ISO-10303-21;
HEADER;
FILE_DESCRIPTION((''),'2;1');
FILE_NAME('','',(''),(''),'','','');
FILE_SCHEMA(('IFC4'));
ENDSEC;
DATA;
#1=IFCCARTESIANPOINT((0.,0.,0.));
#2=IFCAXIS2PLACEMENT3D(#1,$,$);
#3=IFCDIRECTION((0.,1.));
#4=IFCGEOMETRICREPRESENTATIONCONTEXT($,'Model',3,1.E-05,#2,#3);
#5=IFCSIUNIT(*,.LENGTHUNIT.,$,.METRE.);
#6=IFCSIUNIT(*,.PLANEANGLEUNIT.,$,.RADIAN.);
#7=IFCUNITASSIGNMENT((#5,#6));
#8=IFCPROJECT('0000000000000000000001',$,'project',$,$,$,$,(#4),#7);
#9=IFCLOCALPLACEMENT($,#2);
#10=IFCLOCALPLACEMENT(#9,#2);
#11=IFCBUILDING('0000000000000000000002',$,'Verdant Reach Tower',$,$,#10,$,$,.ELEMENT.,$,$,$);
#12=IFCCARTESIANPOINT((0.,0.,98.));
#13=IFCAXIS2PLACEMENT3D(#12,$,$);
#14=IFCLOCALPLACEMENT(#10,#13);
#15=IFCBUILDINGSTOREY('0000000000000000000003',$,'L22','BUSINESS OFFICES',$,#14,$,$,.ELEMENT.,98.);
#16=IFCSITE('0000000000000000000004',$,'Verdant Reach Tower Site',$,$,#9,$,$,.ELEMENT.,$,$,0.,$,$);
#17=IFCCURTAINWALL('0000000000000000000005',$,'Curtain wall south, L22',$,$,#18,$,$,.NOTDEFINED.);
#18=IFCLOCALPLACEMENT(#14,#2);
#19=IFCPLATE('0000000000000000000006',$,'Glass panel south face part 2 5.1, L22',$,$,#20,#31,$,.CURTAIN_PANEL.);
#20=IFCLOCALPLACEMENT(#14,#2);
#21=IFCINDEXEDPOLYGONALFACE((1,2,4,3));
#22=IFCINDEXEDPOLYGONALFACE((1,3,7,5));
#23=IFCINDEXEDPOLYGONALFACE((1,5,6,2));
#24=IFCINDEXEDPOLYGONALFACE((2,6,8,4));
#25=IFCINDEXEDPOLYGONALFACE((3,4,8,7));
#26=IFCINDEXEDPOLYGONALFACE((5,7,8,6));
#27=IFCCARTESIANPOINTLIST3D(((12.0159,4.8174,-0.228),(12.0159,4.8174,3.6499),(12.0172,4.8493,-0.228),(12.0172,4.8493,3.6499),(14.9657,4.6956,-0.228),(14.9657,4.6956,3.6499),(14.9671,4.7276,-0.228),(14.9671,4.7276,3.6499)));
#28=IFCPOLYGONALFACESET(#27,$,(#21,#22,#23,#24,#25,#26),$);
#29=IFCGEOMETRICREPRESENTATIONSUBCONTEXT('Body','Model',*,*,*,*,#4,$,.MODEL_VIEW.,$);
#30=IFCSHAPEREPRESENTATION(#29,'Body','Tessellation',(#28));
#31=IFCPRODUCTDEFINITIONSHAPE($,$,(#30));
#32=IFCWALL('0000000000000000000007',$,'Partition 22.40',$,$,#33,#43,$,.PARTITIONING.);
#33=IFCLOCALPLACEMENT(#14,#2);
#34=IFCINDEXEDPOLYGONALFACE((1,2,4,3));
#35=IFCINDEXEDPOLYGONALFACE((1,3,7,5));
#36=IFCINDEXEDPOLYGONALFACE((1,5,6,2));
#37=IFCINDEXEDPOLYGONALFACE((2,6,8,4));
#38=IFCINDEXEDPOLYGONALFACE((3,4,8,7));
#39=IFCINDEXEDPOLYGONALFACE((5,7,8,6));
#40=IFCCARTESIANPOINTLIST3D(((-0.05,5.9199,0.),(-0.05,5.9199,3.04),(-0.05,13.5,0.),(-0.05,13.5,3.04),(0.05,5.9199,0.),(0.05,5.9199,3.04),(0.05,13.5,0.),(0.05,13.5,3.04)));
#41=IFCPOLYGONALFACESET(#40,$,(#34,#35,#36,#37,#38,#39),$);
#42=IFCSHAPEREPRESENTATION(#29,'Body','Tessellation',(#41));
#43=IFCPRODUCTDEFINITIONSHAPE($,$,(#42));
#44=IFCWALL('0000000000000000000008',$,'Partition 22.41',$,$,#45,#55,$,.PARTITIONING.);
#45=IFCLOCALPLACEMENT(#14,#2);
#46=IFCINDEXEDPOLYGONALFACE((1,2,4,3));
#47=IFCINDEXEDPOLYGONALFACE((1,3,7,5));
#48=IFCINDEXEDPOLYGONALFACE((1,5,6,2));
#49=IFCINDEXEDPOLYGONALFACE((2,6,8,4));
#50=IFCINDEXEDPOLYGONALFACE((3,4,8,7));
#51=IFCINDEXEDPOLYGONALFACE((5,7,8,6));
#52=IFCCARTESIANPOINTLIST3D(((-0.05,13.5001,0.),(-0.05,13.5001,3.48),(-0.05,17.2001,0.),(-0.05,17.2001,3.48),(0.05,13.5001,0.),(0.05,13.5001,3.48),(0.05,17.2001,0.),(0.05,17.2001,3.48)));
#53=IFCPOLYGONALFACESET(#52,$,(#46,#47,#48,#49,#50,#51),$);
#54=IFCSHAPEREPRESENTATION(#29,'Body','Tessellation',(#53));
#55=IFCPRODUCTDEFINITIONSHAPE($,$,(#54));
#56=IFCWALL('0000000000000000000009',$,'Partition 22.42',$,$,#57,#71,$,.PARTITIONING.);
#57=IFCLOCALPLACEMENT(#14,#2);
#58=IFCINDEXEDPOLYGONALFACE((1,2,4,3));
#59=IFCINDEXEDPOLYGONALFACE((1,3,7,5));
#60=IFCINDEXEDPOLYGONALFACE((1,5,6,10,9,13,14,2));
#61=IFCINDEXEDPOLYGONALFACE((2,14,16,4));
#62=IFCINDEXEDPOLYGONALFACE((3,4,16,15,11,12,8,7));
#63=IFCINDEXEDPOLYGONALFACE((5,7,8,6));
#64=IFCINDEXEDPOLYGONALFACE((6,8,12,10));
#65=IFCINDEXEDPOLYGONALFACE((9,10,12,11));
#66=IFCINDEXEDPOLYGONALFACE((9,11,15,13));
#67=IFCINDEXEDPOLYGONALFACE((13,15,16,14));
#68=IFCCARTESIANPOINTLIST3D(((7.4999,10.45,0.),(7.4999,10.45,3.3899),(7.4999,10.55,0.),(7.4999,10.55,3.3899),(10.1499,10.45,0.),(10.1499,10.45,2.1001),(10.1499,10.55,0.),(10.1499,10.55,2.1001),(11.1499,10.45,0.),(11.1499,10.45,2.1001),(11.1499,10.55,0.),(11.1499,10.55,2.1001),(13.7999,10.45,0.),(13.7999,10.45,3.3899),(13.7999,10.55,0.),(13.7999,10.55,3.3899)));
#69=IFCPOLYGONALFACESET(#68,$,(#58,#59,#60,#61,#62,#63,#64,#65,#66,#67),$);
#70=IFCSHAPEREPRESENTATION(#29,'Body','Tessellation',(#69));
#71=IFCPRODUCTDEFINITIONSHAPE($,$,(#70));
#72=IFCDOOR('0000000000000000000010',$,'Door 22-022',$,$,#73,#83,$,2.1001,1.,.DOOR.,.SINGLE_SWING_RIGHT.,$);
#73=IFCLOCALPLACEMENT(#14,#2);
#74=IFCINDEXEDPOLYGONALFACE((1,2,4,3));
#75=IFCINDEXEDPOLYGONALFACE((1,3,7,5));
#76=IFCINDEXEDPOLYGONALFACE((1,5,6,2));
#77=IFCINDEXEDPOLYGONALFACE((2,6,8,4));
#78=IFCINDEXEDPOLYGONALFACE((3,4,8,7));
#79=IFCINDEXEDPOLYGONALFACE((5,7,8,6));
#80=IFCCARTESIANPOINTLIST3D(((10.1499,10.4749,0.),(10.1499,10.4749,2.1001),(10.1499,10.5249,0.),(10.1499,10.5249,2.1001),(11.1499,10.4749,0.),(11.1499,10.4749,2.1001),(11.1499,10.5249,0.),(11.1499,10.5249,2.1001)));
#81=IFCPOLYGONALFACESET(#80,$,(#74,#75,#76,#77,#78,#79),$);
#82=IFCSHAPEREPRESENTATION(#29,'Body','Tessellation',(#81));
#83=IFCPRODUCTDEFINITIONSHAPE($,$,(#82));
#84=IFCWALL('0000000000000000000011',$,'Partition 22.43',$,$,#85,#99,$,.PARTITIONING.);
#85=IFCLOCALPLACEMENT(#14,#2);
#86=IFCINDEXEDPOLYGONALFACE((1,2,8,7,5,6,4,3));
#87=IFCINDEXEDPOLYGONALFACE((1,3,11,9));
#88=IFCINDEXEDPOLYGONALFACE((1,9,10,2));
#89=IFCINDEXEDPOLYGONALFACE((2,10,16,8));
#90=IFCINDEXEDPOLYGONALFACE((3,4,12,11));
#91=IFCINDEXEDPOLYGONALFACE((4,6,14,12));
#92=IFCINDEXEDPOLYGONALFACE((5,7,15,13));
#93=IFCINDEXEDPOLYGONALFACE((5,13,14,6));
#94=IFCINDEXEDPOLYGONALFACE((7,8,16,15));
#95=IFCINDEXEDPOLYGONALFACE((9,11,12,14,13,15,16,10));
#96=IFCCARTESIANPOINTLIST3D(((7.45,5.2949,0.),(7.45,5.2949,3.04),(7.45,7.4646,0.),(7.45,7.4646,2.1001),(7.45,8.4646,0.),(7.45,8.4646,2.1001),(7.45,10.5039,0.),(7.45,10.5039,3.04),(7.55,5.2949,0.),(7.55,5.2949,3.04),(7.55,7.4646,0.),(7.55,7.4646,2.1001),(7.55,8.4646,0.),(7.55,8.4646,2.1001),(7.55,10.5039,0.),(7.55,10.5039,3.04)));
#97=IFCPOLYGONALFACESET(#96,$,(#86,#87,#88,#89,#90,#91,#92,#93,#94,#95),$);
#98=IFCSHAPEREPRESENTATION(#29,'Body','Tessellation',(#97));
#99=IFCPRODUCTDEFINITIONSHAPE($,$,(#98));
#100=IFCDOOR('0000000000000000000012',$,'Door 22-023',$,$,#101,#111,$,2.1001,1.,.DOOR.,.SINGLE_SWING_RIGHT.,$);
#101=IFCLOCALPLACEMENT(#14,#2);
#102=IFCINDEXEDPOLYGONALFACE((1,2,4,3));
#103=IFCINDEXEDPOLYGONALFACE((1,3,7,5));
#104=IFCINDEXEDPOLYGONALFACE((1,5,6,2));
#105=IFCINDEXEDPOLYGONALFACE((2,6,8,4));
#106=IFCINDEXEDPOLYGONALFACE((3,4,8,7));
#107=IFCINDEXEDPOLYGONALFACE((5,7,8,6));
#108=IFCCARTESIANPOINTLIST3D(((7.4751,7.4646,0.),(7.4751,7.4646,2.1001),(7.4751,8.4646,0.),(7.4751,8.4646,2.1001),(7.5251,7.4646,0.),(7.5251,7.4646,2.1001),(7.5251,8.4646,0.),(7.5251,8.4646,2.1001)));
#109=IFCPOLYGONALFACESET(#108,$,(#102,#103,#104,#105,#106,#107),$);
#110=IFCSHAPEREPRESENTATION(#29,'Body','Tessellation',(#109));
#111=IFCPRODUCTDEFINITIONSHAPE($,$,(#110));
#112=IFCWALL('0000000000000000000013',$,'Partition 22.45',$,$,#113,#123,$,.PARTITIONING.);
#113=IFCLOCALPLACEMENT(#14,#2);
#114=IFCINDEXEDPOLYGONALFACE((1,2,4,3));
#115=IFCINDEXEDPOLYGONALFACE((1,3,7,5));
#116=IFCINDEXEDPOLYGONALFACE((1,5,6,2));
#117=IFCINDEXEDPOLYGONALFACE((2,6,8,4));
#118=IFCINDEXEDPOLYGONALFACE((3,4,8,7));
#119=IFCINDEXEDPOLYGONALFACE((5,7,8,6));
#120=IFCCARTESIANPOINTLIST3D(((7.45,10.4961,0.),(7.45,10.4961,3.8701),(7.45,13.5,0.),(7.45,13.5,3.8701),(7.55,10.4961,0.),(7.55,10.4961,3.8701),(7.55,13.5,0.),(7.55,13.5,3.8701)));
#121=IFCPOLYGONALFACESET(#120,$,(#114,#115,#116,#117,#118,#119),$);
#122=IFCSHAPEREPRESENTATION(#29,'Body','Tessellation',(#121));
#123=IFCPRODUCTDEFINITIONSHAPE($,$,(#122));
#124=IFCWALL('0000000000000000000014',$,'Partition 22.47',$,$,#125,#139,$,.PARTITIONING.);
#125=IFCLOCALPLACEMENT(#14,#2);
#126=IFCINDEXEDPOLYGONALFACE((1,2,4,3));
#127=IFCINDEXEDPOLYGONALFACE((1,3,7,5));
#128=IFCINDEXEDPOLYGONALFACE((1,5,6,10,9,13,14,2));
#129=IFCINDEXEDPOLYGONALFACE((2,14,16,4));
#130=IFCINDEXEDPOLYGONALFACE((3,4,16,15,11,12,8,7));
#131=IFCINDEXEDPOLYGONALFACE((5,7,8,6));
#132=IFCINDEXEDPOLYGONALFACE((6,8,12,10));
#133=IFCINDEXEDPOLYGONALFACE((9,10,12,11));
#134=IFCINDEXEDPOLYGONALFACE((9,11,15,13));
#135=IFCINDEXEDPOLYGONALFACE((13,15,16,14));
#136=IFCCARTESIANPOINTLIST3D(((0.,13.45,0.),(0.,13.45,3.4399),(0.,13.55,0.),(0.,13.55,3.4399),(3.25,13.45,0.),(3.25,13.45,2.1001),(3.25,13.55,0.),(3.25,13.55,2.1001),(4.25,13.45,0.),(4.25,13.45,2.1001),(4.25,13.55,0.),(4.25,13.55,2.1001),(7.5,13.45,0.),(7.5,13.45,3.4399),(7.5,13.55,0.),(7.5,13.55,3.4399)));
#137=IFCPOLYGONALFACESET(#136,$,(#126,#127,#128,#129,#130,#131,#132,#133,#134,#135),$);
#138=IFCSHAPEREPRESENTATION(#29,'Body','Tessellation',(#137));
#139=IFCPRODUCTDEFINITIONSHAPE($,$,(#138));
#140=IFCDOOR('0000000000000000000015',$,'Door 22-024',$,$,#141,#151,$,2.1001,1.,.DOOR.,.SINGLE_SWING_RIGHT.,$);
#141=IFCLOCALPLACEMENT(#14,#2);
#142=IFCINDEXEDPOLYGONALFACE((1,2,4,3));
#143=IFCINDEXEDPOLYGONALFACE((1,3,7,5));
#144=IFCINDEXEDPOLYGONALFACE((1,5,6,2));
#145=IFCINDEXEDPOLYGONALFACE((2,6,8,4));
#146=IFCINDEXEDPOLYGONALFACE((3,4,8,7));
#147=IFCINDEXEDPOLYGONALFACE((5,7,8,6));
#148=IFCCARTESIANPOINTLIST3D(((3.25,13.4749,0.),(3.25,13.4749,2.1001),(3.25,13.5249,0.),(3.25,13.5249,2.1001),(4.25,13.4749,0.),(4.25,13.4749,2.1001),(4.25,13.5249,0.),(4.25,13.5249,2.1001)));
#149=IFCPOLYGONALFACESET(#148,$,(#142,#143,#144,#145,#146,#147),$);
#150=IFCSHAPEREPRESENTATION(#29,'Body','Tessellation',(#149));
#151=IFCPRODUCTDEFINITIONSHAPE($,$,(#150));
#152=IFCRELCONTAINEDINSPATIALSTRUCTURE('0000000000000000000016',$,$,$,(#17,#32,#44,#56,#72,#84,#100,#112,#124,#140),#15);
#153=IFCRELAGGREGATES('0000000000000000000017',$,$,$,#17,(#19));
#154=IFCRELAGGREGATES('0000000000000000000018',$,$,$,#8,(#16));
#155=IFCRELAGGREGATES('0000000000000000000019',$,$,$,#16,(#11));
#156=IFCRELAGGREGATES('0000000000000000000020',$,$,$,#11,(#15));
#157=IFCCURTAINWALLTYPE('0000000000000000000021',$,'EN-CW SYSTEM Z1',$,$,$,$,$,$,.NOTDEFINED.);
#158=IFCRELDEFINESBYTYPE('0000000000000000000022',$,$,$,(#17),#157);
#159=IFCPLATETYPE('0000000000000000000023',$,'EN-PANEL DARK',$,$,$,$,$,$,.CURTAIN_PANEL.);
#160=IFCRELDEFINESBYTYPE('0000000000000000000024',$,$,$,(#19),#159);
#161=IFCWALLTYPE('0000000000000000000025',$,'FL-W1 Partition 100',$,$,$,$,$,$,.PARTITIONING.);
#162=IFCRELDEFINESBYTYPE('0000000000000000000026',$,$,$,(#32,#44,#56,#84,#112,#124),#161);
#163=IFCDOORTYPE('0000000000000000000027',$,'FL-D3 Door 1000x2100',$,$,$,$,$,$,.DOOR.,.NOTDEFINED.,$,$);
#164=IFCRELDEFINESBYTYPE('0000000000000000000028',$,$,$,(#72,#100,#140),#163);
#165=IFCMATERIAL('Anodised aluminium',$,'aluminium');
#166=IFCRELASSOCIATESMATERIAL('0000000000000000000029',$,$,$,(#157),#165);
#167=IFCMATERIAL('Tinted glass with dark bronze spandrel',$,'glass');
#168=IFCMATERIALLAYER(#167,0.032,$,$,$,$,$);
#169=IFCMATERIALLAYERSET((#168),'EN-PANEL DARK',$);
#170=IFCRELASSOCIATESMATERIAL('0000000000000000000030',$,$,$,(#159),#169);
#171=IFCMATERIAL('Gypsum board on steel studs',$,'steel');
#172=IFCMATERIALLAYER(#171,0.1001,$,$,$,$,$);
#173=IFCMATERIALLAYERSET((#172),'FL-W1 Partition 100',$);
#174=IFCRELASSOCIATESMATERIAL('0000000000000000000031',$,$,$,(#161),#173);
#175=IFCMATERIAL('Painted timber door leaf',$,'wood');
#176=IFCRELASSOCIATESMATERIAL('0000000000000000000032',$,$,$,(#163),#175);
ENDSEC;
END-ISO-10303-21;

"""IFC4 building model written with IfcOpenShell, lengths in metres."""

from ifc_helpers import new_model, si_unit, direction, frame, frame_2d, origin, origin_2d, place, context, subcontext, project, spatial, rectangle, extrude, material, layer, layer_set, type_object, element, fill, aggregate, save


model = new_model("IFC4")

# Units and contexts
model_context = context("Model", 3, precision=1e-05, world=origin(), true_north=direction((0.0, 1.0)))
body_context = subcontext(model_context, "Body", "Model", "MODEL_VIEW")
ifc_project = project(units=[si_unit("LENGTHUNIT", "METRE"), si_unit("PLANEANGLEUNIT", "RADIAN")], contexts=[model_context])

# Site, building, storey
site_placement = place(None, origin())
site = spatial("IfcSite", under=ifc_project, at=site_placement, Name="Verdant Reach Tower Site", CompositionType="ELEMENT", RefElevation=0.0)
building_placement = place(site_placement, origin())
building = spatial("IfcBuilding", under=site, at=building_placement, Name="Verdant Reach Tower", CompositionType="ELEMENT")
storey_placement = place(building_placement, frame((0.0, 0.0, 98.0)))
storey = spatial("IfcBuildingStorey", under=building, at=storey_placement, Name="L22", Description="BUSINESS OFFICES", CompositionType="ELEMENT", Elevation=98.0)

# Curtain wall
ifc_material_1 = material(Name="Anodised aluminium", Category="aluminium")
curtain_wall_type = type_object("IfcCurtainWallType", Name="EN-CW SYSTEM Z1", PredefinedType="NOTDEFINED", material=ifc_material_1)
curtain_wall_placement = place(storey_placement, origin())
curtain_wall = element("IfcCurtainWall", 1, at=curtain_wall_placement, inside=storey, type_object=curtain_wall_type, Name="Curtain wall south, L22", PredefinedType="NOTDEFINED")

# Plate
ifc_material_2 = material(Name="Tinted glass with dark bronze spandrel", Category="glass")
ifc_layer_1 = layer(ifc_material_2, 0.032)
ifc_layer_set_1 = layer_set([ifc_layer_1], Name="EN-PANEL DARK")
plate_type_1 = type_object("IfcPlateType", Name="EN-PANEL DARK", PredefinedType="CURTAIN_PANEL", material=ifc_layer_set_1)
plate_1_placement = place(storey_placement, frame((13.4915, 4.7725, -0.228), z_axis=(0.0, 0.0, 1.0), x_axis=(0.999149, -0.041242, 0.0)))
plate_1 = element("IfcPlate", 2, at=plate_1_placement, type_object=plate_type_1, Name="Glass panel south face part 2 5.1, L22", PredefinedType="CURTAIN_PANEL", context=body_context, shape_type="SweptSolid", body=[
    extrude(rectangle(XDim=2.9524, YDim=0.032, at=origin_2d()), origin(), (0.0, 0.0, 1.0), 3.8779),
])
aggregate(curtain_wall, [plate_1])

# Walls
ifc_material_3 = material(Name="Gypsum board on steel studs", Category="steel")
ifc_layer_2 = layer(ifc_material_3, 0.1001)
ifc_layer_set_2 = layer_set([ifc_layer_2], Name="FL-W1 Partition 100")
wall_type = type_object("IfcWallType", Name="FL-W1 Partition 100", PredefinedType="PARTITIONING", material=ifc_layer_set_2)
wall_1_placement = place(storey_placement, frame((0.0, 5.9199, 0.0), z_axis=(0.0, 0.0, 1.0), x_axis=(0.0, 1.0, 0.0)))
element("IfcWall", 3, at=wall_1_placement, inside=storey, type_object=wall_type, Name="Partition 22.40", PredefinedType="PARTITIONING", context=body_context, shape_type="SweptSolid", body=[
    extrude(rectangle(XDim=7.5801, YDim=0.1001, at=frame_2d((3.79, 0.0))), origin(), (0.0, 0.0, 1.0), 3.04),
])
wall_2_placement = place(storey_placement, frame((0.0, 13.5, 0.0), z_axis=(0.0, 0.0, 1.0), x_axis=(0.0, 1.0, 0.0)))
element("IfcWall", 4, at=wall_2_placement, inside=storey, type_object=wall_type, Name="Partition 22.41", PredefinedType="PARTITIONING", context=body_context, shape_type="SweptSolid", body=[
    extrude(rectangle(XDim=3.7, YDim=0.1001, at=frame_2d((1.8501, 0.0))), origin(), (0.0, 0.0, 1.0), 3.48),
])

# Walls, openings, doors
wall_3_placement = place(storey_placement, frame((7.5, 10.5, 0.0), z_axis=(0.0, 0.0, 1.0), x_axis=(1.0, 0.0, 0.0)))
wall_3 = element("IfcWall", 5, at=wall_3_placement, inside=storey, type_object=wall_type, Name="Partition 22.42", PredefinedType="PARTITIONING", context=body_context, shape_type="SweptSolid", body=[
    extrude(rectangle(XDim=6.3, YDim=0.1001, at=frame_2d((3.1499, 0.0))), origin(), (0.0, 0.0, 1.0), 3.3899),
])
opening_1_placement = place(wall_3_placement, frame((2.6499, 0.0, 0.0)))
opening_1 = element("IfcOpeningElement", 6, at=opening_1_placement, cuts=wall_3, PredefinedType="OPENING", context=body_context, shape_type="SweptSolid", body=[
    extrude(rectangle(XDim=1.0, YDim=2.1001, at=frame_2d((0.5, 1.05))), frame((0.0, 0.0601, 0.0), z_axis=(0.0, -1.0, 0.0), x_axis=(1.0, 0.0, 0.0)), (0.0, 0.0, 1.0), 0.1201),
])
ifc_material_4 = material(Name="Painted timber door leaf", Category="wood")
door_type = type_object("IfcDoorType", Name="FL-D3 Door 1000x2100", OperationType="NOTDEFINED", PredefinedType="DOOR", material=ifc_material_4)
door_1_placement = place(opening_1_placement, origin())
door_1 = element("IfcDoor", 7, at=door_1_placement, inside=storey, type_object=door_type, Name="Door 22-022", OperationType="SINGLE_SWING_RIGHT", OverallHeight=2.1001, OverallWidth=1.0, PredefinedType="DOOR", context=body_context, shape_type="SweptSolid", body=[
    extrude(rectangle(XDim=1.0, YDim=2.1001, at=frame_2d((0.5, 1.05))), frame((0.0, 0.0249, 0.0), z_axis=(0.0, -1.0, 0.0), x_axis=(1.0, 0.0, 0.0)), (0.0, 0.0, 1.0), 0.05),
])
fill(opening_1, door_1)
wall_4_placement = place(storey_placement, frame((7.5, 5.2949, 0.0), z_axis=(0.0, 0.0, 1.0), x_axis=(0.0, 1.0, 0.0)))
wall_4 = element("IfcWall", 8, at=wall_4_placement, inside=storey, type_object=wall_type, Name="Partition 22.43", PredefinedType="PARTITIONING", context=body_context, shape_type="SweptSolid", body=[
    extrude(rectangle(XDim=5.209, YDim=0.1001, at=frame_2d((2.6045, 0.0))), origin(), (0.0, 0.0, 1.0), 3.04),
])
opening_2_placement = place(wall_4_placement, frame((2.1697, 0.0, 0.0)))
opening_2 = element("IfcOpeningElement", 9, at=opening_2_placement, cuts=wall_4, PredefinedType="OPENING", context=body_context, shape_type="SweptSolid", body=[
    extrude(rectangle(XDim=1.0, YDim=2.1001, at=frame_2d((0.5, 1.05))), frame((0.0, 0.0601, 0.0), z_axis=(0.0, -1.0, 0.0), x_axis=(1.0, 0.0, 0.0)), (0.0, 0.0, 1.0), 0.1201),
])
door_2_placement = place(opening_2_placement, origin())
door_2 = element("IfcDoor", 10, at=door_2_placement, inside=storey, type_object=door_type, Name="Door 22-023", OperationType="SINGLE_SWING_RIGHT", OverallHeight=2.1001, OverallWidth=1.0, PredefinedType="DOOR", context=body_context, shape_type="SweptSolid", body=[
    extrude(rectangle(XDim=1.0, YDim=2.1001, at=frame_2d((0.5, 1.05))), frame((0.0, 0.0249, 0.0), z_axis=(0.0, -1.0, 0.0), x_axis=(1.0, 0.0, 0.0)), (0.0, 0.0, 1.0), 0.05),
])
fill(opening_2, door_2)

# Wall
wall_5_placement = place(storey_placement, frame((7.5, 13.5, 0.0), z_axis=(0.0, 0.0, 1.0), x_axis=(0.0, -1.0, 0.0)))
element("IfcWall", 11, at=wall_5_placement, inside=storey, type_object=wall_type, Name="Partition 22.45", PredefinedType="PARTITIONING", context=body_context, shape_type="SweptSolid", body=[
    extrude(rectangle(XDim=3.0039, YDim=0.1001, at=frame_2d((1.502, 0.0))), origin(), (0.0, 0.0, 1.0), 3.8701),
])

# Wall, opening, door
wall_6_placement = place(storey_placement, frame((0.0, 13.5, 0.0), z_axis=(0.0, 0.0, 1.0), x_axis=(1.0, 0.0, 0.0)))
wall_6 = element("IfcWall", 12, at=wall_6_placement, inside=storey, type_object=wall_type, Name="Partition 22.47", PredefinedType="PARTITIONING", context=body_context, shape_type="SweptSolid", body=[
    extrude(rectangle(XDim=7.5, YDim=0.1001, at=frame_2d((3.75, 0.0))), origin(), (0.0, 0.0, 1.0), 3.4399),
])
opening_3_placement = place(wall_6_placement, frame((3.25, 0.0, 0.0)))
opening_3 = element("IfcOpeningElement", 13, at=opening_3_placement, cuts=wall_6, PredefinedType="OPENING", context=body_context, shape_type="SweptSolid", body=[
    extrude(rectangle(XDim=1.0, YDim=2.1001, at=frame_2d((0.5, 1.05))), frame((0.0, 0.0601, 0.0), z_axis=(0.0, -1.0, 0.0), x_axis=(1.0, 0.0, 0.0)), (0.0, 0.0, 1.0), 0.1201),
])
door_3_placement = place(opening_3_placement, origin())
door_3 = element("IfcDoor", 14, at=door_3_placement, inside=storey, type_object=door_type, Name="Door 22-024", OperationType="SINGLE_SWING_RIGHT", OverallHeight=2.1001, OverallWidth=1.0, PredefinedType="DOOR", context=body_context, shape_type="SweptSolid", body=[
    extrude(rectangle(XDim=1.0, YDim=2.1001, at=frame_2d((0.5, 1.05))), frame((0.0, 0.0249, 0.0), z_axis=(0.0, -1.0, 0.0), x_axis=(1.0, 0.0, 0.0)), (0.0, 0.0, 1.0), 0.05),
])
fill(opening_3, door_3)

save(model, "model.ifc")
